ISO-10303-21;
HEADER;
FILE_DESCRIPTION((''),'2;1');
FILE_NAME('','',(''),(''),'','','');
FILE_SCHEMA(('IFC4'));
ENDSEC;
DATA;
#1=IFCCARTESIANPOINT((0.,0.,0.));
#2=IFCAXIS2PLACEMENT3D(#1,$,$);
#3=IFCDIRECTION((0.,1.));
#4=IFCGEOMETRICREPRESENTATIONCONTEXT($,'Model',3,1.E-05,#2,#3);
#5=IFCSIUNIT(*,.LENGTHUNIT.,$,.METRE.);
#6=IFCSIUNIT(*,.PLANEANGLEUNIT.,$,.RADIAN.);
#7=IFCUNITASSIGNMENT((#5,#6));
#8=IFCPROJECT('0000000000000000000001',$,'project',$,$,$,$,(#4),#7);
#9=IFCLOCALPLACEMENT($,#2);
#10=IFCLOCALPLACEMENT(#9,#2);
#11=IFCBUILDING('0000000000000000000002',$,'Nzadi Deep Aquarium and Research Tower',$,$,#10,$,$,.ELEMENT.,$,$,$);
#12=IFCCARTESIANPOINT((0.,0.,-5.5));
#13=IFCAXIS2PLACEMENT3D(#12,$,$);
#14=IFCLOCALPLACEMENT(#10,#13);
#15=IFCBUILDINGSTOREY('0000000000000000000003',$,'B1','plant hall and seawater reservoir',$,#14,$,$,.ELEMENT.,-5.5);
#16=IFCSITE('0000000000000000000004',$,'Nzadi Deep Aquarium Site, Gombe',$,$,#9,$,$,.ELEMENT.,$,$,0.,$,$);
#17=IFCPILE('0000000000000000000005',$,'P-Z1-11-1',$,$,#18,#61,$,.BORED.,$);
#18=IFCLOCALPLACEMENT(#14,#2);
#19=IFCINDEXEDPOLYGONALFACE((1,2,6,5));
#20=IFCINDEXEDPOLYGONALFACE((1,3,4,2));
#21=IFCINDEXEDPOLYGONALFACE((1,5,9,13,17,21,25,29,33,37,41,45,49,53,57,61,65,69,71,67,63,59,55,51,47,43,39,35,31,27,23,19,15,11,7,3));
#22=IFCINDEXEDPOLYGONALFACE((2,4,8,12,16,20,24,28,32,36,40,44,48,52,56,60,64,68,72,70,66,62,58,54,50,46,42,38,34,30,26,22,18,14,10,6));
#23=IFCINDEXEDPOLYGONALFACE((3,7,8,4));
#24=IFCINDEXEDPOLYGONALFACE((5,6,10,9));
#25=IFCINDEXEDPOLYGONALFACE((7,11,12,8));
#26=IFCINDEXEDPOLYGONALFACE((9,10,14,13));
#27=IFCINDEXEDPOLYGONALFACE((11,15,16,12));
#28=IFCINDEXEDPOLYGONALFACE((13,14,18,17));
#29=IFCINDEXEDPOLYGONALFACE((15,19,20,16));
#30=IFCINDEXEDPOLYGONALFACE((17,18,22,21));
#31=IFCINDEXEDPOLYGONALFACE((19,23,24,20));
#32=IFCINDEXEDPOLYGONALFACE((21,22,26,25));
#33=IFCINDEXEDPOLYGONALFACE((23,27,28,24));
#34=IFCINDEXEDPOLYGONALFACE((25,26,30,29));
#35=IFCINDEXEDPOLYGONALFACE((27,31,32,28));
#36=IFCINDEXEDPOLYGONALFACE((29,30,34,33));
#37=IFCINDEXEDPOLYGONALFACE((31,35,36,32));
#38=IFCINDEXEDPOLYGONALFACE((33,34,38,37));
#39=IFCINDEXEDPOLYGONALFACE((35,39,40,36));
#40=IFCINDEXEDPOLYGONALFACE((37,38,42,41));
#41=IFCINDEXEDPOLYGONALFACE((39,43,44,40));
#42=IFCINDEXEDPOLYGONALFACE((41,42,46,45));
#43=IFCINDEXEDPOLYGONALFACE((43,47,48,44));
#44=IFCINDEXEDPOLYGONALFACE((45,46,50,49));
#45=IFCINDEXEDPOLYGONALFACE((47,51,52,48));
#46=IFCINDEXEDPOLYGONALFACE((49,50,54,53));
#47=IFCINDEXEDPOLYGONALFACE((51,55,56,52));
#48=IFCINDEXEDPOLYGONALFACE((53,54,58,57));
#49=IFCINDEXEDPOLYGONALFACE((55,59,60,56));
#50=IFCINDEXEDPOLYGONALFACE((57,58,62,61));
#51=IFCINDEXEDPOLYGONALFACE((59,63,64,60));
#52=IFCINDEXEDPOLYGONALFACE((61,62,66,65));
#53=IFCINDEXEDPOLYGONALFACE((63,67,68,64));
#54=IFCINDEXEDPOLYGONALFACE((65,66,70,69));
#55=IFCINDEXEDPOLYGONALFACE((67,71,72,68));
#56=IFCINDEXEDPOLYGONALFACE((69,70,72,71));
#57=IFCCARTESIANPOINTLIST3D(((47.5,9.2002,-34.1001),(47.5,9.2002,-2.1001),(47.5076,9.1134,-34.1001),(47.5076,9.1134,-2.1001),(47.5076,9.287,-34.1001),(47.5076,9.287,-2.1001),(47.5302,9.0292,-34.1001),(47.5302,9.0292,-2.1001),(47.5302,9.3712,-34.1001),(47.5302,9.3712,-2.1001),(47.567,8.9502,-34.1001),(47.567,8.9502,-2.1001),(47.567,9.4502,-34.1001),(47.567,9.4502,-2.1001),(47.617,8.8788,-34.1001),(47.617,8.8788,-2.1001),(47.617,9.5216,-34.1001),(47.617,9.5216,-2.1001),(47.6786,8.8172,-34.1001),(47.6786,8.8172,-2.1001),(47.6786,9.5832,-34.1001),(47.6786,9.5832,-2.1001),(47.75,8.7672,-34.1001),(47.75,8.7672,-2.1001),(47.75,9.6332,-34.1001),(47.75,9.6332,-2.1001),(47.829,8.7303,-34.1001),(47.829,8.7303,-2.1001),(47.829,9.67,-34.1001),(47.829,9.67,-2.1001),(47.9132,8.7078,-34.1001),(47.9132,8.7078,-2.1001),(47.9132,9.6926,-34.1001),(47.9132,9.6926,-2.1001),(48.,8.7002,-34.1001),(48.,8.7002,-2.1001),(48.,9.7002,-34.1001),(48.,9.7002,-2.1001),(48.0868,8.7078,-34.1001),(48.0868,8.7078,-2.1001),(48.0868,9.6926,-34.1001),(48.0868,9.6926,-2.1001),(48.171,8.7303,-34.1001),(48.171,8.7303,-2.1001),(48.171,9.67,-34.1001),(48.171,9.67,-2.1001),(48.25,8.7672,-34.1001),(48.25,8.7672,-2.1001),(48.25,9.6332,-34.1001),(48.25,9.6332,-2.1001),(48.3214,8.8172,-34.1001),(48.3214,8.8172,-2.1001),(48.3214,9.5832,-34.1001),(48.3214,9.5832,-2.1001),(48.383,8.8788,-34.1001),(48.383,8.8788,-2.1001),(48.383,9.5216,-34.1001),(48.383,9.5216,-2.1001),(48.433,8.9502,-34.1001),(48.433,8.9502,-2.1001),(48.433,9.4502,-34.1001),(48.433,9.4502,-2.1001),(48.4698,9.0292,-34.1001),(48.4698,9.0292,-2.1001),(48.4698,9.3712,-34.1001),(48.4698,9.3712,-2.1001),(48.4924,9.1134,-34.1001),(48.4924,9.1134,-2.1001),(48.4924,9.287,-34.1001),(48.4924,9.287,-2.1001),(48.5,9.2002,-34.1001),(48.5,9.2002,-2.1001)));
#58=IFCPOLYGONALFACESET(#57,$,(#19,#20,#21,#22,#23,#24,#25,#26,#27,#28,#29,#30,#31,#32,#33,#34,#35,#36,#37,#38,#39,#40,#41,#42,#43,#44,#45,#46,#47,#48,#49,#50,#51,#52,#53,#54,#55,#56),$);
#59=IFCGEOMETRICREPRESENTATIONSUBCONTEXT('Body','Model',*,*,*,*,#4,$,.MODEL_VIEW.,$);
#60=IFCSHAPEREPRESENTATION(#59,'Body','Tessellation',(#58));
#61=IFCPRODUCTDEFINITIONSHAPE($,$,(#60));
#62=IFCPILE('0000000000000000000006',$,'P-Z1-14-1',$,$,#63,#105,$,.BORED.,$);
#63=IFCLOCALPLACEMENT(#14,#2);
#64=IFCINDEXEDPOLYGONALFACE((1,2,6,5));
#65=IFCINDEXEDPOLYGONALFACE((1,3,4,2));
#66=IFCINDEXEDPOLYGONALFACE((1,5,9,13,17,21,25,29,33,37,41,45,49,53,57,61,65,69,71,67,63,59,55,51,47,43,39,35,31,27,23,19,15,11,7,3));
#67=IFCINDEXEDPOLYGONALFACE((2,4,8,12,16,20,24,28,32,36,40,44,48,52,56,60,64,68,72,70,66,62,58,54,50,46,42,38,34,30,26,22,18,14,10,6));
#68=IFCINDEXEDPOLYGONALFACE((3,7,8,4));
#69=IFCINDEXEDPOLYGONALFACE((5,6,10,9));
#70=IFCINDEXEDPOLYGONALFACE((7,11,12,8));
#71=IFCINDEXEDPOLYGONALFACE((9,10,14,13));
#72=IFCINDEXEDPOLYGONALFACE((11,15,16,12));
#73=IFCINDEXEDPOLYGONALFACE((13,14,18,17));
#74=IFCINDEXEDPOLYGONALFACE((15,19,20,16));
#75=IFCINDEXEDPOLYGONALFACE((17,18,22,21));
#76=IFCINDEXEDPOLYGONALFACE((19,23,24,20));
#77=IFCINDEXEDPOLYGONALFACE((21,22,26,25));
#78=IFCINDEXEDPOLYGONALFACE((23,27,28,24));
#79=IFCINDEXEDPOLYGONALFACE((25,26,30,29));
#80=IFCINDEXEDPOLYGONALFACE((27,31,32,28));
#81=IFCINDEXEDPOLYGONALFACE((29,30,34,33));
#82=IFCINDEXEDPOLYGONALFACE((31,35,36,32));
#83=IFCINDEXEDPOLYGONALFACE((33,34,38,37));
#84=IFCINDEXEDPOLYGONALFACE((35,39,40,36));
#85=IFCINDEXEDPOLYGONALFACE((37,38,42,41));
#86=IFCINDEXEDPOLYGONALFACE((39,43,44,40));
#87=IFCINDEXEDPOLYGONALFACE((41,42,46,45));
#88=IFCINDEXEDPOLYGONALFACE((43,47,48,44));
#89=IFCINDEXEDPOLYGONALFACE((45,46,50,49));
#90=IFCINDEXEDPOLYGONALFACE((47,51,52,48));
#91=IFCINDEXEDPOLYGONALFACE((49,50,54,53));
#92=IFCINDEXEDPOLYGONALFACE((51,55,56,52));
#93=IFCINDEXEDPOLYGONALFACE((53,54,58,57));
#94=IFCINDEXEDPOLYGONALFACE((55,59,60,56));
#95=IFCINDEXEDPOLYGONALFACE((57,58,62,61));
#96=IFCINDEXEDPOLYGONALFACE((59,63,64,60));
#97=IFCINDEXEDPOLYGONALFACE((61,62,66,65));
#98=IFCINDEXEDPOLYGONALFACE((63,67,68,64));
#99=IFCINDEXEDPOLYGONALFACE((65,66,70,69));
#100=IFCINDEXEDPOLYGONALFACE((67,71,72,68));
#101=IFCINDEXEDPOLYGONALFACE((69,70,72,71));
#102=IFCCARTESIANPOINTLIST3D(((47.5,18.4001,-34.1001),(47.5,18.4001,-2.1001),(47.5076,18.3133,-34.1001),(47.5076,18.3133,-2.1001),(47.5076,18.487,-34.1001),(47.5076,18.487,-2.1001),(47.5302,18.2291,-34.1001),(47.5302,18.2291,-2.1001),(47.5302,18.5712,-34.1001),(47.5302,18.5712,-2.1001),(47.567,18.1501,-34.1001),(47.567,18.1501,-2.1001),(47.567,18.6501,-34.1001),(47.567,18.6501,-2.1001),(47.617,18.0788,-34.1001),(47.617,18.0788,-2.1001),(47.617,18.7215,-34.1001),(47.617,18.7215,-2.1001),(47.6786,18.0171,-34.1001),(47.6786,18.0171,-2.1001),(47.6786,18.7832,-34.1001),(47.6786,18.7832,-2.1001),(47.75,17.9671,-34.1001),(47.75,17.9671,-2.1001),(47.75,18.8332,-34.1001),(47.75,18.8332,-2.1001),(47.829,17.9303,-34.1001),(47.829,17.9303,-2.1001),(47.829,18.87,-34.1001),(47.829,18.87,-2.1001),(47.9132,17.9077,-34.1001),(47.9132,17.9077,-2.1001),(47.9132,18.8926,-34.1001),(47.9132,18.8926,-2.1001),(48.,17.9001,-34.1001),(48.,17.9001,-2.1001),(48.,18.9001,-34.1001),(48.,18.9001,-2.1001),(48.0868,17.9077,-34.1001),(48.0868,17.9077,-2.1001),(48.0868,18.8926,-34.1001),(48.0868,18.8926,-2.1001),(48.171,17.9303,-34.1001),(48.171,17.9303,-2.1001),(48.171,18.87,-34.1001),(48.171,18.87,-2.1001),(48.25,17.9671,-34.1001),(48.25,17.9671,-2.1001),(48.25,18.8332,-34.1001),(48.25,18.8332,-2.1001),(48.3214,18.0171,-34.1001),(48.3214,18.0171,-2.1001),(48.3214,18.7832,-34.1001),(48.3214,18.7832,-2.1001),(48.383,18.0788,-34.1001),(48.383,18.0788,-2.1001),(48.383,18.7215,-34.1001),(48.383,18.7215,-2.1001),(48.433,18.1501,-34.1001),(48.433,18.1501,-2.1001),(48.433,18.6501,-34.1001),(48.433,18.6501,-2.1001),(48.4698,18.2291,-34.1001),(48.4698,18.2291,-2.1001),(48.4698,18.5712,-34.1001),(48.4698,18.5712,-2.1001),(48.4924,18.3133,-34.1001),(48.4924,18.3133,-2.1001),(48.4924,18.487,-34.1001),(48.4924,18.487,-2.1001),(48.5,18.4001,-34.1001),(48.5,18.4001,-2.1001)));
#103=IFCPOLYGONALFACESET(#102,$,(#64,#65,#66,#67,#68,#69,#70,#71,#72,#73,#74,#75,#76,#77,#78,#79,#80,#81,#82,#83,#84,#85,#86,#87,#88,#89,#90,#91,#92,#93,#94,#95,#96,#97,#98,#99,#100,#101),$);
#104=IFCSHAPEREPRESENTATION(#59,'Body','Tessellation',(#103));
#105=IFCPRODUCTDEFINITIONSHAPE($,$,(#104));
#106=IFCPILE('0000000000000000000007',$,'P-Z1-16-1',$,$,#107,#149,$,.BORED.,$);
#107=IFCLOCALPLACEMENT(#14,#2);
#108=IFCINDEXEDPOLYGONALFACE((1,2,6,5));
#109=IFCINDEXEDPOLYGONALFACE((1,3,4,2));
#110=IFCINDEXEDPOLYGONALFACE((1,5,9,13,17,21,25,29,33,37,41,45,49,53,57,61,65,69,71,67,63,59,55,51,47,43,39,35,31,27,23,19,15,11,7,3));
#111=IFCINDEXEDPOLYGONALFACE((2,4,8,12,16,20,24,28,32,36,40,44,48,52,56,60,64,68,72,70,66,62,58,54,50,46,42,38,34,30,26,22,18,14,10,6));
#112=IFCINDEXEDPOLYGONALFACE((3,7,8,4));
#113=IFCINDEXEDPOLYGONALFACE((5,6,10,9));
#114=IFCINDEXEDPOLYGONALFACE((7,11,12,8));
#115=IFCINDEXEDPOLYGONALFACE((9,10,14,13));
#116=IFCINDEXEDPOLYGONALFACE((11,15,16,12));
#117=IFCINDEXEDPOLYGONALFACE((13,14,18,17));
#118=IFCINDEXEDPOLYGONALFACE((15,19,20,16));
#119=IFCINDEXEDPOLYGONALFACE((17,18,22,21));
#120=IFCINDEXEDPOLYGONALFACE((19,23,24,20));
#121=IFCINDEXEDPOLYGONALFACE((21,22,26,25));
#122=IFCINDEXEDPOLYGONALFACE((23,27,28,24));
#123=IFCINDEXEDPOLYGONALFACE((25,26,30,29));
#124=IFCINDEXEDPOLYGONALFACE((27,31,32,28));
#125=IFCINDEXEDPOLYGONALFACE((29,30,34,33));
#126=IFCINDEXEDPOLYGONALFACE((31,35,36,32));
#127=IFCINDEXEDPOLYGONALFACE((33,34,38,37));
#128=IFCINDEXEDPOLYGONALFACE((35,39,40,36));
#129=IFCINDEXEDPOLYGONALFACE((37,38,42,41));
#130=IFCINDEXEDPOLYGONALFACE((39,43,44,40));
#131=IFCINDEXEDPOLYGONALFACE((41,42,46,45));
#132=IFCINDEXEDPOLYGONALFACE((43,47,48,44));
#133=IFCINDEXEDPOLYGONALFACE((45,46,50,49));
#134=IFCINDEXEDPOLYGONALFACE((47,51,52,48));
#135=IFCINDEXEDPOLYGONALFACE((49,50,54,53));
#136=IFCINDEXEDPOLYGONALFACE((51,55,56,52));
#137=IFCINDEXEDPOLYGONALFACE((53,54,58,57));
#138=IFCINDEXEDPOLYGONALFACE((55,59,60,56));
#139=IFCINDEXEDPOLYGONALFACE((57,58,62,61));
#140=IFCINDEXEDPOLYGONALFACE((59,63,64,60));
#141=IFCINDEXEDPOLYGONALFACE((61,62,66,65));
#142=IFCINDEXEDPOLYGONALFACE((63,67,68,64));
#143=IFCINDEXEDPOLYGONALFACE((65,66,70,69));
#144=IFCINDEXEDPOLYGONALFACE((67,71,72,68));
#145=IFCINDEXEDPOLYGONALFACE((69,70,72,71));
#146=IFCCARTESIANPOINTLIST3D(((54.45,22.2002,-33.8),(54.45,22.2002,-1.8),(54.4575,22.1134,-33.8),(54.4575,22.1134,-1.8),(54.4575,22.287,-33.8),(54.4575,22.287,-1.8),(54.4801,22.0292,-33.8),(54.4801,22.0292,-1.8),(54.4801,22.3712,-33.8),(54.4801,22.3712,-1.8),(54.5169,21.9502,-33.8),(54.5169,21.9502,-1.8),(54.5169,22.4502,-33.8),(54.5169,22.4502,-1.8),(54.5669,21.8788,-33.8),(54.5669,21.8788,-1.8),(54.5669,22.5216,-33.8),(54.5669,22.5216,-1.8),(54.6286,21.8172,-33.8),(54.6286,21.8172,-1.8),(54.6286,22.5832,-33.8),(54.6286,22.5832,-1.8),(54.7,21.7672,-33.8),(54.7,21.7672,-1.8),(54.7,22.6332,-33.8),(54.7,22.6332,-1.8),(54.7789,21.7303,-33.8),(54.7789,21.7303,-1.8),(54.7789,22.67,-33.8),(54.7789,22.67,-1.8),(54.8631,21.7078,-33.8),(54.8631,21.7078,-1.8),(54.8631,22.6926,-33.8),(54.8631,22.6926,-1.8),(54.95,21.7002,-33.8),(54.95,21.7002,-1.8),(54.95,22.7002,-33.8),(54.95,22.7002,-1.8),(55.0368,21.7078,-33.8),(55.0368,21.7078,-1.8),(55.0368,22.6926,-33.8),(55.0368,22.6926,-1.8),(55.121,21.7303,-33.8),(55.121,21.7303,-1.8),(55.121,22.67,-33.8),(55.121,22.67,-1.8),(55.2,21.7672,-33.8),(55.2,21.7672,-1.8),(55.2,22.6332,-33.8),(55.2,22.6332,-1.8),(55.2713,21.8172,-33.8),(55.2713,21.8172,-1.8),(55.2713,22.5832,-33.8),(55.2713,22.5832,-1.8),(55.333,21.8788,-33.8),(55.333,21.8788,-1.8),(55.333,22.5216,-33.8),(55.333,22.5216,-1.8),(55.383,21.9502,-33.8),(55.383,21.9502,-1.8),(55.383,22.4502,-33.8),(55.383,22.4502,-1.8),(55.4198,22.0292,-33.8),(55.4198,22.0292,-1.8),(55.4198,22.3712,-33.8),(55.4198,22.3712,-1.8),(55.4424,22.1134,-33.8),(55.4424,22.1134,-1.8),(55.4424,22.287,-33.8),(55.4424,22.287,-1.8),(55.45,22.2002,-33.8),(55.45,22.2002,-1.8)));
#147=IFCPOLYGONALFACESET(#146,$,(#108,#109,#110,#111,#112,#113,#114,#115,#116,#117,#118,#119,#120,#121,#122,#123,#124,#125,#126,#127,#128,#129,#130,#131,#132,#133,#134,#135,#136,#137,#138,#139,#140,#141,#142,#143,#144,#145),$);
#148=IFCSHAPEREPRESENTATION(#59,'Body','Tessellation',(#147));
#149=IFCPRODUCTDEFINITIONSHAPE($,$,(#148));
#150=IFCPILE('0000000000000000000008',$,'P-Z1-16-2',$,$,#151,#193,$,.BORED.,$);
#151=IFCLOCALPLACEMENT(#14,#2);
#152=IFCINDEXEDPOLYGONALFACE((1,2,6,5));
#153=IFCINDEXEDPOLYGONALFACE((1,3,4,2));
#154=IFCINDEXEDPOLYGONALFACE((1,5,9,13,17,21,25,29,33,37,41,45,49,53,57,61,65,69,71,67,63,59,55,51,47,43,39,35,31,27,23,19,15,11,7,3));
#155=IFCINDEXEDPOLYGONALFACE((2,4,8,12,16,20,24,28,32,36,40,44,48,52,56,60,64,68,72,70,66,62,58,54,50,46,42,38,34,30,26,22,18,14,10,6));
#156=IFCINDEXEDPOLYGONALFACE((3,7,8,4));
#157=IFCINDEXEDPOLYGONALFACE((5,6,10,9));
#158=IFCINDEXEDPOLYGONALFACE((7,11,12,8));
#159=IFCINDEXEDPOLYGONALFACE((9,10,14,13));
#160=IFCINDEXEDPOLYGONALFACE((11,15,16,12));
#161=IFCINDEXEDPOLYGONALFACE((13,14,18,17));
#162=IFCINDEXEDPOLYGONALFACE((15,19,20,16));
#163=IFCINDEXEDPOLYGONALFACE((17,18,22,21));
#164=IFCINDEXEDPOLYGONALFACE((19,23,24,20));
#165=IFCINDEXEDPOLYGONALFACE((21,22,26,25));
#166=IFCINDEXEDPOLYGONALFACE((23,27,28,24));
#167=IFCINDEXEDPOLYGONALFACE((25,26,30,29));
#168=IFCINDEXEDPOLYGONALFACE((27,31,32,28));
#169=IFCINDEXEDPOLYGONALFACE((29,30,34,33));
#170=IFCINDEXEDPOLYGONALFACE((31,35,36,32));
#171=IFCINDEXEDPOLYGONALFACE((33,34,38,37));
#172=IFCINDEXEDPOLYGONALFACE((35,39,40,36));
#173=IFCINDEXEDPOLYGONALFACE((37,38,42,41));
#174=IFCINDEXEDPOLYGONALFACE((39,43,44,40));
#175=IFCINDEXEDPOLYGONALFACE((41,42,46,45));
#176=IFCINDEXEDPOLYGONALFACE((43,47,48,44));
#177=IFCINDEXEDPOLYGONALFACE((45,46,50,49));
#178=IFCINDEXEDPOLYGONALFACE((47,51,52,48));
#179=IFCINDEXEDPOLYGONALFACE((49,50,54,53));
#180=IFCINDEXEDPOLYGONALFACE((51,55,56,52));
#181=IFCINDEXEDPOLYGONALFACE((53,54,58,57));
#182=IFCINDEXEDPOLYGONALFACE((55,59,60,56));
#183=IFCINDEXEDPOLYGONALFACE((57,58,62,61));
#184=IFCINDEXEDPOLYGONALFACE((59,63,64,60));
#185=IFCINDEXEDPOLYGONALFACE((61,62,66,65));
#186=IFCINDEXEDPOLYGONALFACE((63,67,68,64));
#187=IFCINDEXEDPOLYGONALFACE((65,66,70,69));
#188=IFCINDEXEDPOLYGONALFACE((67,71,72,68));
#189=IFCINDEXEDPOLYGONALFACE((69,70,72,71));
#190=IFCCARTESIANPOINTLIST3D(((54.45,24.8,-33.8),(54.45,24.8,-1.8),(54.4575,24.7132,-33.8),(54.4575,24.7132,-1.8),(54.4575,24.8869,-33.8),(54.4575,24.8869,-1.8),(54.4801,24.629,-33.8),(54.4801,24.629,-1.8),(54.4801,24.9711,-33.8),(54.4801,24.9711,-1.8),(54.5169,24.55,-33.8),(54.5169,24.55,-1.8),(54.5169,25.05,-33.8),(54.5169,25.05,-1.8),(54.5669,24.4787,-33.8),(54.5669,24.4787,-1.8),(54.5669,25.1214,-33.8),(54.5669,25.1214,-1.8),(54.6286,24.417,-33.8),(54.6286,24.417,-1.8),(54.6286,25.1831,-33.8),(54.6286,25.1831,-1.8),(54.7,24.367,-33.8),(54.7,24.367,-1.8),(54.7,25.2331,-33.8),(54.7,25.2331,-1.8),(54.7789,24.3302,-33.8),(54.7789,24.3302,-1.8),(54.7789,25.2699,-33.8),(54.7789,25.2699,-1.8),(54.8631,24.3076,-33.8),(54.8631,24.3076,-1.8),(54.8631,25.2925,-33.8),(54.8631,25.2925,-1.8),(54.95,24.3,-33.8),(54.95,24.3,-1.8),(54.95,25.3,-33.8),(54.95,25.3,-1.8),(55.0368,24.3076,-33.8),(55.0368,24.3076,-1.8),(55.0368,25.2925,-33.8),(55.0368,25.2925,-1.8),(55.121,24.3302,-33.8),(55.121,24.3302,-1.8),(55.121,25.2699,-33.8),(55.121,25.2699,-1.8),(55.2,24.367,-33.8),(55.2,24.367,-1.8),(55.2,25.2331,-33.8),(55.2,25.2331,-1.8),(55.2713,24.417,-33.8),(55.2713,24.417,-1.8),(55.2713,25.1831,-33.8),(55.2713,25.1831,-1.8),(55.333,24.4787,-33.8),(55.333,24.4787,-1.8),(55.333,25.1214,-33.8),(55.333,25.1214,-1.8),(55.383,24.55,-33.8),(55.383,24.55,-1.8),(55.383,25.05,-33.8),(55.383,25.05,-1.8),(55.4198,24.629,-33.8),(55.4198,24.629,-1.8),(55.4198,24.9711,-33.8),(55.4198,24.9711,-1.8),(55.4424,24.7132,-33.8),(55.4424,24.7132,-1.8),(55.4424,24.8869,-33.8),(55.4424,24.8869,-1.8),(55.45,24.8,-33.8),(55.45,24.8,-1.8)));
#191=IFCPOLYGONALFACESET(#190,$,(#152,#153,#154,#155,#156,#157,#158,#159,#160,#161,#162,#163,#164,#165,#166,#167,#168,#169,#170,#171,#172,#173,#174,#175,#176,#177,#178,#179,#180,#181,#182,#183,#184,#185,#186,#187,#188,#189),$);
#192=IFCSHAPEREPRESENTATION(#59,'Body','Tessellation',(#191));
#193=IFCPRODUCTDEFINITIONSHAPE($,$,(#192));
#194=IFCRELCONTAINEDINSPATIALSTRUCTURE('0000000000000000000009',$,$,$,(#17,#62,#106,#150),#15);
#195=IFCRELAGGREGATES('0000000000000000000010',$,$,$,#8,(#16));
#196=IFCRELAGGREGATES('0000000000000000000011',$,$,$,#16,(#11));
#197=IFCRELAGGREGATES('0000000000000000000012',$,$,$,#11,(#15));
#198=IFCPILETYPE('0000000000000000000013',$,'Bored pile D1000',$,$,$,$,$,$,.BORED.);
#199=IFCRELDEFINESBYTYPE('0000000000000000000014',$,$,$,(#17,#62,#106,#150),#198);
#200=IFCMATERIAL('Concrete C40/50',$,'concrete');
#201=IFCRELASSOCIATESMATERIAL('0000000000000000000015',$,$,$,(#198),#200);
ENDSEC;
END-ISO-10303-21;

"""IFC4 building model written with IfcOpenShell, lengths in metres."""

from ifc_helpers import new_model, si_unit, direction, frame, origin, origin_2d, place, context, subcontext, project, spatial, circle, extrude, material, material_profile, profile_set, type_object, element, save


model = new_model("IFC4")

# Units and contexts
model_context = context("Model", 3, precision=1e-05, world=origin(), true_north=direction((0.0, 1.0)))
body_context = subcontext(model_context, "Body", "Model", "MODEL_VIEW")
ifc_project = project(units=[si_unit("LENGTHUNIT", "METRE"), si_unit("PLANEANGLEUNIT", "RADIAN")], contexts=[model_context])

# Site, building, storey
site_placement = place(None, origin())
site = spatial("IfcSite", under=ifc_project, at=site_placement, Name="Nzadi Deep Aquarium Site, Gombe", CompositionType="ELEMENT", RefElevation=0.0)
building_placement = place(site_placement, origin())
building = spatial("IfcBuilding", under=site, at=building_placement, Name="Nzadi Deep Aquarium and Research Tower", CompositionType="ELEMENT")
storey_placement = place(building_placement, frame((0.0, 0.0, -5.5)))
storey = spatial("IfcBuildingStorey", under=building, at=storey_placement, Name="B1", Description="plant hall and seawater reservoir", CompositionType="ELEMENT", Elevation=-5.5)

# Piles
ifc_material_1 = material(Name="Concrete C40/50", Category="concrete")
ifc_material_profile_1 = material_profile(ifc_material_1, circle(Radius=0.5, at=origin_2d()))
ifc_profile_set_1 = profile_set([ifc_material_profile_1], Name="Concrete C40/50")
pile_type_1 = type_object("IfcPileType", Name="Bored pile D1000", PredefinedType="BORED", material=ifc_profile_set_1)
for number, where, z_axis, x_axis, name in (
    (1, (48.0, 9.2002, -2.1001), (0.0, 0.0, -1.0), (1.0, 0.0, 0.0), "P-Z1-11-1"),
    (2, (48.0, 18.4001, -2.1001), (0.0, 0.0, -1.0), (1.0, 0.0, 0.0), "P-Z1-14-1"),
    (3, (54.95, 22.2002, -1.8), (0.0, 0.0, -1.0), (1.0, 0.0, 0.0), "P-Z1-16-1"),
    (4, (54.95, 24.8, -1.8), (0.0, 0.0, -1.0), (1.0, 0.0, 0.0), "P-Z1-16-2"),
):
    element("IfcPile", number, at=place(storey_placement, frame(where, z_axis=z_axis, x_axis=x_axis)), inside=storey, type_object=pile_type_1, Name=name, PredefinedType="BORED", context=body_context, shape_type="SweptSolid", body=[
        extrude(circle(Radius=0.5, at=origin_2d()), origin(), (0.0, 0.0, 1.0), 32.0),
    ])

save(model, "model.ifc")
